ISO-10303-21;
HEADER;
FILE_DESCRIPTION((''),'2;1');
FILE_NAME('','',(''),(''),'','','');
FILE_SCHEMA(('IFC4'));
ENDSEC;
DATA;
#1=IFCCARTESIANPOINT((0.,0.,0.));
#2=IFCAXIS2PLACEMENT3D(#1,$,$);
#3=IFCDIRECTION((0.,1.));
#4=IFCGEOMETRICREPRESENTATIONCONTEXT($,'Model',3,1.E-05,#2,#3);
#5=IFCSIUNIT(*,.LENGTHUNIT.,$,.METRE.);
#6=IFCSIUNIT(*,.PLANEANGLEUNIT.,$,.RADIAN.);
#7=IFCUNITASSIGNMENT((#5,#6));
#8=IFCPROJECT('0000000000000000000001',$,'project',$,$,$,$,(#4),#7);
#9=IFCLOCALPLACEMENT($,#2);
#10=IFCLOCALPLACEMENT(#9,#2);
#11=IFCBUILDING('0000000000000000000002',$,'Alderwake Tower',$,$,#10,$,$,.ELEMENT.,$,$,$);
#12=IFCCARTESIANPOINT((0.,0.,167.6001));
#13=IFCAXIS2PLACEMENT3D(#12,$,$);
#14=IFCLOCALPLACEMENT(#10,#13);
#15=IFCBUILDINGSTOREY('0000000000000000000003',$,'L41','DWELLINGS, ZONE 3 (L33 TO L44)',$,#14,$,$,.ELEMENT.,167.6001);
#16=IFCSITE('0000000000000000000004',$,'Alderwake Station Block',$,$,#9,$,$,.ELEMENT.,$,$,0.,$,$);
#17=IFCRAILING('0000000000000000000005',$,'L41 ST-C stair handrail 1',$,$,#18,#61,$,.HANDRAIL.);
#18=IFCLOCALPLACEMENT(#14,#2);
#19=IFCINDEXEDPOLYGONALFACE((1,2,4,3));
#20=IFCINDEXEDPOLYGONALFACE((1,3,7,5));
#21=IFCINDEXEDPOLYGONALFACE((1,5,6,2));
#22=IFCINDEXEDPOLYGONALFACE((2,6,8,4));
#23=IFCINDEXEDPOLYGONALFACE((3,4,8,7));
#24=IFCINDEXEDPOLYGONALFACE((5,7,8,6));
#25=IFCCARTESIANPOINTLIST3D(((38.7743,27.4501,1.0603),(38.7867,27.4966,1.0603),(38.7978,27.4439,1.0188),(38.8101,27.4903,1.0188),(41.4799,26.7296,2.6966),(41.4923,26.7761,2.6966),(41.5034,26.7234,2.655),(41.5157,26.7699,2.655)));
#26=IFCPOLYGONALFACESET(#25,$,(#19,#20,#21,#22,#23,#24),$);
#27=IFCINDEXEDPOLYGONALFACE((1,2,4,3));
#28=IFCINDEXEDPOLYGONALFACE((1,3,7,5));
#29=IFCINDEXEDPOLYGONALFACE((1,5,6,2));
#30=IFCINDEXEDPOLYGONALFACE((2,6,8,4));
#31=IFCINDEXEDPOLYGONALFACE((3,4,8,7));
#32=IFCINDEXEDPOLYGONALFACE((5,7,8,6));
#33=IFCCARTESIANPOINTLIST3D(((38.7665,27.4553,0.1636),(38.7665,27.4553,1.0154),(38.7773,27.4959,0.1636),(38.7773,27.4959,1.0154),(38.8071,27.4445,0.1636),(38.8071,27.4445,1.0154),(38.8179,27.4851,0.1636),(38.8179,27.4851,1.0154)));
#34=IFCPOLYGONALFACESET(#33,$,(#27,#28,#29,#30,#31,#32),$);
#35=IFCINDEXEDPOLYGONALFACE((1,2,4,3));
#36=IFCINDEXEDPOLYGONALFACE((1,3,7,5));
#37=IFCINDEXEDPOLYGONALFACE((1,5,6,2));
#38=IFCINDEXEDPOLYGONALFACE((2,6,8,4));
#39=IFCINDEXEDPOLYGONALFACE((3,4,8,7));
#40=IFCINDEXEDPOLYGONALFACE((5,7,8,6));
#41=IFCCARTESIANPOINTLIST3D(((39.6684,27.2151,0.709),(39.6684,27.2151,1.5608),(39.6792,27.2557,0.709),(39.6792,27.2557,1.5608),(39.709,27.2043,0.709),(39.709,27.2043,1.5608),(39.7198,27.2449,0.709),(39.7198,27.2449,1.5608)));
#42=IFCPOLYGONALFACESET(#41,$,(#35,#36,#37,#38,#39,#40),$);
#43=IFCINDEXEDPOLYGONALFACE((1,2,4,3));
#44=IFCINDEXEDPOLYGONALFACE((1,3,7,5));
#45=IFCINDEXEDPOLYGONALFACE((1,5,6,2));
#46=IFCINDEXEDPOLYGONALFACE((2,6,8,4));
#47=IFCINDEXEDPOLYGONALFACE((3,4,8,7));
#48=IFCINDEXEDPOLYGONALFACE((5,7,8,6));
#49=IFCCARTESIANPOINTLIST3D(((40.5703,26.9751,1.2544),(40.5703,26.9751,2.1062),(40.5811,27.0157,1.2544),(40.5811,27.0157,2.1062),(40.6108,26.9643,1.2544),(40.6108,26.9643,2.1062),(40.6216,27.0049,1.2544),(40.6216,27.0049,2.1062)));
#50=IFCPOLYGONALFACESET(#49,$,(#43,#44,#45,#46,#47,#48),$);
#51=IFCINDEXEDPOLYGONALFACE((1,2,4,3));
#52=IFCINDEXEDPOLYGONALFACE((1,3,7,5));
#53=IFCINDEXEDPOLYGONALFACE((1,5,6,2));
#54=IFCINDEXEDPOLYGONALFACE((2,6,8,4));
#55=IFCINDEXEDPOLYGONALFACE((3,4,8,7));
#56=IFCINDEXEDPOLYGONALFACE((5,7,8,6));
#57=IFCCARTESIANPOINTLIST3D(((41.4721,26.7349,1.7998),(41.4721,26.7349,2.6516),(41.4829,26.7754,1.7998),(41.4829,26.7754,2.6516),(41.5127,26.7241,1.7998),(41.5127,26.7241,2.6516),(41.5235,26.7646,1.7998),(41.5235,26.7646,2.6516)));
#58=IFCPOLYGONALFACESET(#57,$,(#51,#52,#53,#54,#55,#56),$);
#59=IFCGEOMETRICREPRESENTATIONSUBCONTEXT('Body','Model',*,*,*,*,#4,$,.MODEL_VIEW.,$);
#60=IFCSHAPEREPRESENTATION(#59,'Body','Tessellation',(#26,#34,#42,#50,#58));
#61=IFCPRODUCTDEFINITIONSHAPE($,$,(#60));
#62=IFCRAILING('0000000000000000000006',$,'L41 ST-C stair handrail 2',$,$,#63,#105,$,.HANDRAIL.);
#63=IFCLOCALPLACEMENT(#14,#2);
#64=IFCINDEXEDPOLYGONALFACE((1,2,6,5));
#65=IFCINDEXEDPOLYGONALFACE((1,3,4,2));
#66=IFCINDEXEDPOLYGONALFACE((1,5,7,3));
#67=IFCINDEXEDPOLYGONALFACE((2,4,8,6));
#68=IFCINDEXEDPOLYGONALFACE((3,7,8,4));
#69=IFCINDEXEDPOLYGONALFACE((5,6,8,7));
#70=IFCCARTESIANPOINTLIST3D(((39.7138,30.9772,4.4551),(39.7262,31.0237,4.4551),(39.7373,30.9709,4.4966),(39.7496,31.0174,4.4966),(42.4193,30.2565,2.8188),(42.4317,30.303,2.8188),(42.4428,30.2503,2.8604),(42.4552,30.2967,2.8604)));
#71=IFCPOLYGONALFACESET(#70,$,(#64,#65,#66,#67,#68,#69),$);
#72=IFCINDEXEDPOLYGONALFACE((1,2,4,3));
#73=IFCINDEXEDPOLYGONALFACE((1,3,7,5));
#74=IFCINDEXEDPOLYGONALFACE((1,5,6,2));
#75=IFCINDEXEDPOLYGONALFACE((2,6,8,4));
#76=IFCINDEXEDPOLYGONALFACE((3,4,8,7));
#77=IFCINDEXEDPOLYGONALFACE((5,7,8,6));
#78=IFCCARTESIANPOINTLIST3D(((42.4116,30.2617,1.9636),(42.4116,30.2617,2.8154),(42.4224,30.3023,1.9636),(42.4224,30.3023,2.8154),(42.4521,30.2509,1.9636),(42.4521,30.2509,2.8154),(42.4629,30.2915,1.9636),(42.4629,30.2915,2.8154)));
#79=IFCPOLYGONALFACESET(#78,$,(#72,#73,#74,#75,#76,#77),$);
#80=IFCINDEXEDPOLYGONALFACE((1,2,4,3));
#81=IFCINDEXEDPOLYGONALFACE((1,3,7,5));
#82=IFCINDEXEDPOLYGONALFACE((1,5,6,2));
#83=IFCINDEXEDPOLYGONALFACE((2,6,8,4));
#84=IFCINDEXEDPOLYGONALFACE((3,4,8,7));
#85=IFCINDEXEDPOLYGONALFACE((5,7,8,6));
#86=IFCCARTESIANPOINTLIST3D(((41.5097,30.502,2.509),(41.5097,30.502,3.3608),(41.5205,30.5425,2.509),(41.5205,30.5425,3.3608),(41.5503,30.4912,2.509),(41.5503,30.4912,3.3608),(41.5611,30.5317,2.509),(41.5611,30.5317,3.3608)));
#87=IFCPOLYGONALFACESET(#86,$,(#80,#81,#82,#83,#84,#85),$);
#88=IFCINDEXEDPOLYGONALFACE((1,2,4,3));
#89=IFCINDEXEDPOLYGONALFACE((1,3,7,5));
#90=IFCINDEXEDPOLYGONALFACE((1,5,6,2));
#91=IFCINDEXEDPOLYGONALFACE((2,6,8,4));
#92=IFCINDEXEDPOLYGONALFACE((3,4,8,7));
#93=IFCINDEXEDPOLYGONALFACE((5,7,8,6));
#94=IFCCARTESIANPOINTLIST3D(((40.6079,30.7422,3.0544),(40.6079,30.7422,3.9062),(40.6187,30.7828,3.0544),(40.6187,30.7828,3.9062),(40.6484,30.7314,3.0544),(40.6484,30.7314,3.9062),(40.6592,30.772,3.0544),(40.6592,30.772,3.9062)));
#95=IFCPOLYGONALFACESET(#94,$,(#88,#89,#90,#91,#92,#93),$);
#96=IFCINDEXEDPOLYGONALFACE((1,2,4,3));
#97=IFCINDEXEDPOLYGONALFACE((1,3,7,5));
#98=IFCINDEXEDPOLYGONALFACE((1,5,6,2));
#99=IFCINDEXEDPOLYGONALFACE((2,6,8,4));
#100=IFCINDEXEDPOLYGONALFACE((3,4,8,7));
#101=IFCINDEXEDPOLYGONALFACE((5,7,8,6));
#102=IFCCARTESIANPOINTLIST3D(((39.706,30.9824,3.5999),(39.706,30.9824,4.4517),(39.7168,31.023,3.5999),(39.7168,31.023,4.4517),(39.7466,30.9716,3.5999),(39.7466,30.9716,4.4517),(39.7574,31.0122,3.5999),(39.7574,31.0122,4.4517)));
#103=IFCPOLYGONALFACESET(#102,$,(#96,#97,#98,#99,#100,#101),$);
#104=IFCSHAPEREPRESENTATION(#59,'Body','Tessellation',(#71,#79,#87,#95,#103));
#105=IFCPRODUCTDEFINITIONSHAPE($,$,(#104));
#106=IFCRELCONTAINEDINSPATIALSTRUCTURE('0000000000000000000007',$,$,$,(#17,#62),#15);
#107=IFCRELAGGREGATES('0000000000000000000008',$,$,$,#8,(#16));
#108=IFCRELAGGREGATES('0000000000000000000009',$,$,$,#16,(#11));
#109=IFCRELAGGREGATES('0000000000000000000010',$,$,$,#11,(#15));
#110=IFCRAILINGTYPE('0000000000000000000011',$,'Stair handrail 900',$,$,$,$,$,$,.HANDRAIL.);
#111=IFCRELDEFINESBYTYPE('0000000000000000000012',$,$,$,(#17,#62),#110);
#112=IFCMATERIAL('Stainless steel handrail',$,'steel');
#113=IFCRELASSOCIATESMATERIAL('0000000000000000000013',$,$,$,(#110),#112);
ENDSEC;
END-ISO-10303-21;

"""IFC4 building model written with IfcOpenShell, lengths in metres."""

from ifc_helpers import new_model, si_unit, direction, frame, origin, origin_2d, place, context, subcontext, project, spatial, rectangle, extrude, material, type_object, element, save


model = new_model("IFC4")

# Units and contexts
model_context = context("Model", 3, precision=1e-05, world=origin(), true_north=direction((0.0, 1.0)))
body_context = subcontext(model_context, "Body", "Model", "MODEL_VIEW")
ifc_project = project(units=[si_unit("LENGTHUNIT", "METRE"), si_unit("PLANEANGLEUNIT", "RADIAN")], contexts=[model_context])

# Site, building, storey
site_placement = place(None, origin())
site = spatial("IfcSite", under=ifc_project, at=site_placement, Name="Alderwake Station Block", CompositionType="ELEMENT", RefElevation=0.0)
building_placement = place(site_placement, origin())
building = spatial("IfcBuilding", under=site, at=building_placement, Name="Alderwake Tower", CompositionType="ELEMENT")
storey_placement = place(building_placement, frame((0.0, 0.0, 167.6001)))
storey = spatial("IfcBuildingStorey", under=building, at=storey_placement, Name="L41", Description="DWELLINGS, ZONE 3 (L33 TO L44)", CompositionType="ELEMENT", Elevation=167.6001)

# Railings
ifc_material_1 = material(Name="Stainless steel handrail", Category="steel")
railing_type_1 = type_object("IfcRailingType", Name="Stair handrail 900", PredefinedType="HANDRAIL", material=ifc_material_1)
railing_1_placement = place(storey_placement, frame((38.7922, 27.4702, 0.1636)))
element("IfcRailing", 1, at=railing_1_placement, inside=storey, type_object=railing_type_1, Name="L41 ST-C stair handrail 1", PredefinedType="HANDRAIL", context=body_context, shape_type="SweptSolid", body=[
    extrude(rectangle(XDim=0.0481, YDim=0.0481, at=origin_2d()), frame((0.0, 0.0, 0.876), z_axis=(0.834305, -0.222165, 0.504558), x_axis=(0.257321, 0.966326, 0.0)), (0.0, 0.0, 1.0), 3.2429),
    extrude(rectangle(XDim=0.042, YDim=0.042, at=origin_2d()), frame((0.0, 0.0, 0.0), z_axis=(0.0, 0.0, 1.0), x_axis=(0.966326, -0.257321, 0.0)), (0.0, 0.0, 1.0), 0.8518),
    extrude(rectangle(XDim=0.042, YDim=0.042, at=origin_2d()), frame((0.9019, -0.2402, 0.5454), z_axis=(0.0, 0.0, 1.0), x_axis=(0.966326, -0.257321, 0.0)), (0.0, 0.0, 1.0), 0.8518),
    extrude(rectangle(XDim=0.042, YDim=0.042, at=origin_2d()), frame((1.8037, -0.4802, 1.0908), z_axis=(0.0, 0.0, 1.0), x_axis=(0.966326, -0.257321, 0.0)), (0.0, 0.0, 1.0), 0.8518),
    extrude(rectangle(XDim=0.042, YDim=0.042, at=origin_2d()), frame((2.7056, -0.7205, 1.6362), z_axis=(0.0, 0.0, 1.0), x_axis=(0.966326, -0.257321, 0.0)), (0.0, 0.0, 1.0), 0.8518),
])
railing_2_placement = place(storey_placement, frame((42.4373, 30.2766, 1.9636)))
element("IfcRailing", 2, at=railing_2_placement, inside=storey, type_object=railing_type_1, Name="L41 ST-C stair handrail 2", PredefinedType="HANDRAIL", context=body_context, shape_type="SweptSolid", body=[
    extrude(rectangle(XDim=0.0481, YDim=0.0481, at=origin_2d()), frame((0.0, 0.0, 0.876), z_axis=(-0.834291, 0.222237, 0.504549), x_axis=(-0.257402, -0.966304, 0.0)), (0.0, 0.0, 1.0), 3.2429),
    extrude(rectangle(XDim=0.042, YDim=0.042, at=origin_2d()), frame((0.0, 0.0, 0.0), z_axis=(0.0, 0.0, 1.0), x_axis=(-0.966304, 0.257402, 0.0)), (0.0, 0.0, 1.0), 0.8518),
    extrude(rectangle(XDim=0.042, YDim=0.042, at=origin_2d()), frame((-0.9019, 0.2402, 0.5454), z_axis=(0.0, 0.0, 1.0), x_axis=(-0.966304, 0.257402, 0.0)), (0.0, 0.0, 1.0), 0.8518),
    extrude(rectangle(XDim=0.042, YDim=0.042, at=origin_2d()), frame((-1.8037, 0.4805, 1.0908), z_axis=(0.0, 0.0, 1.0), x_axis=(-0.966304, 0.257402, 0.0)), (0.0, 0.0, 1.0), 0.8518),
    extrude(rectangle(XDim=0.042, YDim=0.042, at=origin_2d()), frame((-2.7056, 0.7207, 1.6362), z_axis=(0.0, 0.0, 1.0), x_axis=(-0.966304, 0.257402, 0.0)), (0.0, 0.0, 1.0), 0.8518),
])

save(model, "model.ifc")
